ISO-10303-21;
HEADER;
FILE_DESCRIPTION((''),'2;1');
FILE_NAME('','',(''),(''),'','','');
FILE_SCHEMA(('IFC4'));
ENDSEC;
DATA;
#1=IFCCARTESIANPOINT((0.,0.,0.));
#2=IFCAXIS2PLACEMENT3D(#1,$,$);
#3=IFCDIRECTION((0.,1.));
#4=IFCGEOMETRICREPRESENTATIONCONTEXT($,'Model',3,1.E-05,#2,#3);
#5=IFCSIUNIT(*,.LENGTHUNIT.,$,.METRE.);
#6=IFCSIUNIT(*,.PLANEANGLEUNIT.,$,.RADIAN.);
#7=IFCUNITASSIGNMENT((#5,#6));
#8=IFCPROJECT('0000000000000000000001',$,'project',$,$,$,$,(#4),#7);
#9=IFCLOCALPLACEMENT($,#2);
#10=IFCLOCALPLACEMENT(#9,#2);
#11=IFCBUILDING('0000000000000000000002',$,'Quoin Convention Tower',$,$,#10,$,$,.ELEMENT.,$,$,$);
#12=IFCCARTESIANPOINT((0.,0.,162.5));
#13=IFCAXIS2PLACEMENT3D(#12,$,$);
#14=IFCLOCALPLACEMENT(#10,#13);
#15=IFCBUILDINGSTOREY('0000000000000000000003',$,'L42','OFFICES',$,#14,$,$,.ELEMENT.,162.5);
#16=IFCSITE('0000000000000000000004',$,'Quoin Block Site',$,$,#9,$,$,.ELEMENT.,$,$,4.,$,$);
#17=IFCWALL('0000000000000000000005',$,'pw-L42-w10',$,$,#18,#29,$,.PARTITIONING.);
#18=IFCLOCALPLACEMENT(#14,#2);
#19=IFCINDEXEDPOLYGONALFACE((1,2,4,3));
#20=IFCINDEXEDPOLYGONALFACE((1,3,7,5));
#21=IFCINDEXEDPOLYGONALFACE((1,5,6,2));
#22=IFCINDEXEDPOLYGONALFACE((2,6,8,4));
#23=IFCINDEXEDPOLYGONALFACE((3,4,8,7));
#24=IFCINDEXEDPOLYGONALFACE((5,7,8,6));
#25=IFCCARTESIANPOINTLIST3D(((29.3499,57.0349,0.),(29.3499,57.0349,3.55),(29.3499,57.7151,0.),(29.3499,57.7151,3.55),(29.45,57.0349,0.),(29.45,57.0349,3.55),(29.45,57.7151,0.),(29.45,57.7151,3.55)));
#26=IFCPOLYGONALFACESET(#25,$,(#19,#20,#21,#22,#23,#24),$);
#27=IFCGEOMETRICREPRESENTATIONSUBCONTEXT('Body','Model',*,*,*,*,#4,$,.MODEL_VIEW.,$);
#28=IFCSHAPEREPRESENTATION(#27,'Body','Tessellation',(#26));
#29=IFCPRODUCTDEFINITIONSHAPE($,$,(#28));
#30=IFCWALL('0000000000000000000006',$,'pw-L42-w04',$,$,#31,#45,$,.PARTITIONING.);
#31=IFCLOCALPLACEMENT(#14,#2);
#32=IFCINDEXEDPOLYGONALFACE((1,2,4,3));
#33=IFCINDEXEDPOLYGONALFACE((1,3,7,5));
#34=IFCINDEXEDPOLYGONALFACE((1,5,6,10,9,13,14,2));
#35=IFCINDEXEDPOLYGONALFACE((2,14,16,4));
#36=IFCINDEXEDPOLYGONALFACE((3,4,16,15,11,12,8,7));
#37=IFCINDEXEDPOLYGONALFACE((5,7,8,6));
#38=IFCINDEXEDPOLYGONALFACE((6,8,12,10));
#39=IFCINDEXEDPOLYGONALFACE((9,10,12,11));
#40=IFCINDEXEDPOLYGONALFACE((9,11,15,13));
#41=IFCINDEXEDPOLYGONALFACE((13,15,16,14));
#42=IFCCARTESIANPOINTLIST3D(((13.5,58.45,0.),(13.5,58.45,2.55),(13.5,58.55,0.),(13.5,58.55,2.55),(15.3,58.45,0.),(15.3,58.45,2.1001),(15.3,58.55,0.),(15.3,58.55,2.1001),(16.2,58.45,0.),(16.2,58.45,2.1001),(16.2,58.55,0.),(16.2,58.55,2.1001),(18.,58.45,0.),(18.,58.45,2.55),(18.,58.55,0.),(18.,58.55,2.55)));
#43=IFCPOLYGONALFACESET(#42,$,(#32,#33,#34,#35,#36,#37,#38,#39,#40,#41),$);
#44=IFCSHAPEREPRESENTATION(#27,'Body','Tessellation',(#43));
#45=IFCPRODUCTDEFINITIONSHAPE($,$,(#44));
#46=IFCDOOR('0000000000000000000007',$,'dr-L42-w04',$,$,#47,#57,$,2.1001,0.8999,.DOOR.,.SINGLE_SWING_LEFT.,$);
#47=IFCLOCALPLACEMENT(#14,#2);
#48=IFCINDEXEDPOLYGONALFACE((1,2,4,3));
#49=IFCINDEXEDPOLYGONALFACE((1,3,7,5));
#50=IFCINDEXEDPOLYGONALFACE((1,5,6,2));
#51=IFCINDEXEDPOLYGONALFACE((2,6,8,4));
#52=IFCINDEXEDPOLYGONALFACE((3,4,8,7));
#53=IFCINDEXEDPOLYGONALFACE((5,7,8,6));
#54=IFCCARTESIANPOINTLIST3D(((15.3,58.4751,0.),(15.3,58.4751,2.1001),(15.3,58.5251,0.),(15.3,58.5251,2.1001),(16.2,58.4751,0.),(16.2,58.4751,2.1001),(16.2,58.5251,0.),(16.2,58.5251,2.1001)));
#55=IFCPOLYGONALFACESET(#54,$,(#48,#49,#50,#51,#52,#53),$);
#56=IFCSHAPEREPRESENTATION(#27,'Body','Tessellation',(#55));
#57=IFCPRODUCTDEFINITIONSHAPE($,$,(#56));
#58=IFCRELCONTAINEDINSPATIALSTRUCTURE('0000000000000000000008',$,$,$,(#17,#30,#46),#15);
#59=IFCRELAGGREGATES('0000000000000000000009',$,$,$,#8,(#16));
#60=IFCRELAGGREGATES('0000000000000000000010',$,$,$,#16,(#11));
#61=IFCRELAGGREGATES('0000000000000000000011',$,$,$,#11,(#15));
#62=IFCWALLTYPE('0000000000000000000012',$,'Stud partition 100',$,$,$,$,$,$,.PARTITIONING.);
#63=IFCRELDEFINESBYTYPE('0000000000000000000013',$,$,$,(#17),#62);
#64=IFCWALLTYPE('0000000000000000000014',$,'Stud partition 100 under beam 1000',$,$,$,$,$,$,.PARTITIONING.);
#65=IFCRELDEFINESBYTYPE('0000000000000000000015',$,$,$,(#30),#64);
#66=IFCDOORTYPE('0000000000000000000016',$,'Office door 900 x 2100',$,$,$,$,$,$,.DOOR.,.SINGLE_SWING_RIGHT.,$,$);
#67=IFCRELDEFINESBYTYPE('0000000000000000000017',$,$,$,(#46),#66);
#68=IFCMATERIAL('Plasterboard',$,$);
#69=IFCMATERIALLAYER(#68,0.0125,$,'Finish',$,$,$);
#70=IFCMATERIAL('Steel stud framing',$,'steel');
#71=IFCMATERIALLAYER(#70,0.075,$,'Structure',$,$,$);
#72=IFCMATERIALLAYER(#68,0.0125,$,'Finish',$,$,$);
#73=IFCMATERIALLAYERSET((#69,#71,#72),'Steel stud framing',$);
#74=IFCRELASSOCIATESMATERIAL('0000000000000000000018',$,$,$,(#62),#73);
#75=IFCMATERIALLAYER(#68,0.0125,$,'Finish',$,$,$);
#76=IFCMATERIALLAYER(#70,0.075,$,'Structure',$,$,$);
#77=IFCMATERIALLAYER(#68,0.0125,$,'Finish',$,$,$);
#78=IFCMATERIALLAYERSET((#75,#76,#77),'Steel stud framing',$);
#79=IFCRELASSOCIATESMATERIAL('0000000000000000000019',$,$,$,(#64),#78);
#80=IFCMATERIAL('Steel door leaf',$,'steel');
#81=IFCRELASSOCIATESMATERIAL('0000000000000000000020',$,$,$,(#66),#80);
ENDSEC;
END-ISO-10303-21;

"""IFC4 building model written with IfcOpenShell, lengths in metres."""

from ifc_helpers import new_model, si_unit, direction, frame, frame_2d, origin, place, context, subcontext, project, spatial, rectangle, extrude, material, layer, layer_set, type_object, element, fill, save


model = new_model("IFC4")

# Units and contexts
model_context = context("Model", 3, precision=1e-05, world=origin(), true_north=direction((0.0, 1.0)))
body_context = subcontext(model_context, "Body", "Model", "MODEL_VIEW")
ifc_project = project(units=[si_unit("LENGTHUNIT", "METRE"), si_unit("PLANEANGLEUNIT", "RADIAN")], contexts=[model_context])

# Site, building, storey
site_placement = place(None, origin())
site = spatial("IfcSite", under=ifc_project, at=site_placement, Name="Quoin Block Site", CompositionType="ELEMENT", RefElevation=4.0)
building_placement = place(site_placement, origin())
building = spatial("IfcBuilding", under=site, at=building_placement, Name="Quoin Convention Tower", CompositionType="ELEMENT")
storey_placement = place(building_placement, frame((0.0, 0.0, 162.5)))
storey = spatial("IfcBuildingStorey", under=building, at=storey_placement, Name="L42", Description="OFFICES", CompositionType="ELEMENT", Elevation=162.5)

# Shared definitions
ifc_material_1 = material(Name="Steel door leaf", Category="steel")
ifc_material_2 = material(Name="Plasterboard")
ifc_material_3 = material(Name="Steel stud framing", Category="steel")

# Wall
ifc_layer_1 = layer(ifc_material_2, 0.0125, Name="Finish")
ifc_layer_2 = layer(ifc_material_3, 0.075, Name="Structure")
ifc_layer_3 = layer(ifc_material_2, 0.0125, Name="Finish")
ifc_layer_set_1 = layer_set([ifc_layer_1, ifc_layer_2, ifc_layer_3], Name="Steel stud framing")
wall_type_1 = type_object("IfcWallType", Name="Stud partition 100", PredefinedType="PARTITIONING", material=ifc_layer_set_1)
wall_1_placement = place(storey_placement, frame((29.3999, 57.7151, 0.0), z_axis=(0.0, 0.0, 1.0), x_axis=(0.0, -1.0, 0.0)))
element("IfcWall", 1, at=wall_1_placement, inside=storey, type_object=wall_type_1, Name="pw-L42-w10", PredefinedType="PARTITIONING", context=body_context, shape_type="SweptSolid", body=[
    extrude(rectangle(XDim=0.6802, YDim=0.1001, at=frame_2d((0.3401, 0.0))), origin(), (0.0, 0.0, 1.0), 3.55),
])

# Wall, opening, door
ifc_layer_4 = layer(ifc_material_2, 0.0125, Name="Finish")
ifc_layer_5 = layer(ifc_material_3, 0.075, Name="Structure")
ifc_layer_6 = layer(ifc_material_2, 0.0125, Name="Finish")
ifc_layer_set_2 = layer_set([ifc_layer_4, ifc_layer_5, ifc_layer_6], Name="Steel stud framing")
wall_type_2 = type_object("IfcWallType", Name="Stud partition 100 under beam 1000", PredefinedType="PARTITIONING", material=ifc_layer_set_2)
wall_2_placement = place(storey_placement, frame((13.5, 58.5, 0.0), z_axis=(0.0, 0.0, 1.0), x_axis=(1.0, 0.0, 0.0)))
wall_2 = element("IfcWall", 2, at=wall_2_placement, inside=storey, type_object=wall_type_2, Name="pw-L42-w04", PredefinedType="PARTITIONING", context=body_context, shape_type="SweptSolid", body=[
    extrude(rectangle(XDim=4.5, YDim=0.1001, at=frame_2d((2.25, 0.0))), origin(), (0.0, 0.0, 1.0), 2.55),
])
opening_1_placement = place(wall_2_placement, frame((1.8, 0.0, 0.0)))
opening_1 = element("IfcOpeningElement", 3, at=opening_1_placement, cuts=wall_2, PredefinedType="OPENING", context=body_context, shape_type="SweptSolid", body=[
    extrude(rectangle(XDim=0.8999, YDim=2.1001, at=frame_2d((0.45, 1.05))), frame((0.0, 0.0601, 0.0), z_axis=(0.0, -1.0, 0.0), x_axis=(1.0, 0.0, 0.0)), (0.0, 0.0, 1.0), 0.1201),
])
door_type_1 = type_object("IfcDoorType", Name="Office door 900 x 2100", OperationType="SINGLE_SWING_RIGHT", PredefinedType="DOOR", material=ifc_material_1)
door_1_placement = place(opening_1_placement, frame((0.8999, 0.0, 0.0), z_axis=(0.0, 0.0, 1.0), x_axis=(-1.0, 0.0, 0.0)))
door_1 = element("IfcDoor", 4, at=door_1_placement, inside=storey, type_object=door_type_1, Name="dr-L42-w04", OperationType="SINGLE_SWING_LEFT", OverallHeight=2.1001, OverallWidth=0.8999, PredefinedType="DOOR", context=body_context, shape_type="SweptSolid", body=[
    extrude(rectangle(XDim=0.8999, YDim=2.1001, at=frame_2d((0.45, 1.05))), frame((0.0, 0.0249, 0.0), z_axis=(0.0, -1.0, 0.0), x_axis=(1.0, 0.0, 0.0)), (0.0, 0.0, 1.0), 0.05),
])
fill(opening_1, door_1)

save(model, "model.ifc")
